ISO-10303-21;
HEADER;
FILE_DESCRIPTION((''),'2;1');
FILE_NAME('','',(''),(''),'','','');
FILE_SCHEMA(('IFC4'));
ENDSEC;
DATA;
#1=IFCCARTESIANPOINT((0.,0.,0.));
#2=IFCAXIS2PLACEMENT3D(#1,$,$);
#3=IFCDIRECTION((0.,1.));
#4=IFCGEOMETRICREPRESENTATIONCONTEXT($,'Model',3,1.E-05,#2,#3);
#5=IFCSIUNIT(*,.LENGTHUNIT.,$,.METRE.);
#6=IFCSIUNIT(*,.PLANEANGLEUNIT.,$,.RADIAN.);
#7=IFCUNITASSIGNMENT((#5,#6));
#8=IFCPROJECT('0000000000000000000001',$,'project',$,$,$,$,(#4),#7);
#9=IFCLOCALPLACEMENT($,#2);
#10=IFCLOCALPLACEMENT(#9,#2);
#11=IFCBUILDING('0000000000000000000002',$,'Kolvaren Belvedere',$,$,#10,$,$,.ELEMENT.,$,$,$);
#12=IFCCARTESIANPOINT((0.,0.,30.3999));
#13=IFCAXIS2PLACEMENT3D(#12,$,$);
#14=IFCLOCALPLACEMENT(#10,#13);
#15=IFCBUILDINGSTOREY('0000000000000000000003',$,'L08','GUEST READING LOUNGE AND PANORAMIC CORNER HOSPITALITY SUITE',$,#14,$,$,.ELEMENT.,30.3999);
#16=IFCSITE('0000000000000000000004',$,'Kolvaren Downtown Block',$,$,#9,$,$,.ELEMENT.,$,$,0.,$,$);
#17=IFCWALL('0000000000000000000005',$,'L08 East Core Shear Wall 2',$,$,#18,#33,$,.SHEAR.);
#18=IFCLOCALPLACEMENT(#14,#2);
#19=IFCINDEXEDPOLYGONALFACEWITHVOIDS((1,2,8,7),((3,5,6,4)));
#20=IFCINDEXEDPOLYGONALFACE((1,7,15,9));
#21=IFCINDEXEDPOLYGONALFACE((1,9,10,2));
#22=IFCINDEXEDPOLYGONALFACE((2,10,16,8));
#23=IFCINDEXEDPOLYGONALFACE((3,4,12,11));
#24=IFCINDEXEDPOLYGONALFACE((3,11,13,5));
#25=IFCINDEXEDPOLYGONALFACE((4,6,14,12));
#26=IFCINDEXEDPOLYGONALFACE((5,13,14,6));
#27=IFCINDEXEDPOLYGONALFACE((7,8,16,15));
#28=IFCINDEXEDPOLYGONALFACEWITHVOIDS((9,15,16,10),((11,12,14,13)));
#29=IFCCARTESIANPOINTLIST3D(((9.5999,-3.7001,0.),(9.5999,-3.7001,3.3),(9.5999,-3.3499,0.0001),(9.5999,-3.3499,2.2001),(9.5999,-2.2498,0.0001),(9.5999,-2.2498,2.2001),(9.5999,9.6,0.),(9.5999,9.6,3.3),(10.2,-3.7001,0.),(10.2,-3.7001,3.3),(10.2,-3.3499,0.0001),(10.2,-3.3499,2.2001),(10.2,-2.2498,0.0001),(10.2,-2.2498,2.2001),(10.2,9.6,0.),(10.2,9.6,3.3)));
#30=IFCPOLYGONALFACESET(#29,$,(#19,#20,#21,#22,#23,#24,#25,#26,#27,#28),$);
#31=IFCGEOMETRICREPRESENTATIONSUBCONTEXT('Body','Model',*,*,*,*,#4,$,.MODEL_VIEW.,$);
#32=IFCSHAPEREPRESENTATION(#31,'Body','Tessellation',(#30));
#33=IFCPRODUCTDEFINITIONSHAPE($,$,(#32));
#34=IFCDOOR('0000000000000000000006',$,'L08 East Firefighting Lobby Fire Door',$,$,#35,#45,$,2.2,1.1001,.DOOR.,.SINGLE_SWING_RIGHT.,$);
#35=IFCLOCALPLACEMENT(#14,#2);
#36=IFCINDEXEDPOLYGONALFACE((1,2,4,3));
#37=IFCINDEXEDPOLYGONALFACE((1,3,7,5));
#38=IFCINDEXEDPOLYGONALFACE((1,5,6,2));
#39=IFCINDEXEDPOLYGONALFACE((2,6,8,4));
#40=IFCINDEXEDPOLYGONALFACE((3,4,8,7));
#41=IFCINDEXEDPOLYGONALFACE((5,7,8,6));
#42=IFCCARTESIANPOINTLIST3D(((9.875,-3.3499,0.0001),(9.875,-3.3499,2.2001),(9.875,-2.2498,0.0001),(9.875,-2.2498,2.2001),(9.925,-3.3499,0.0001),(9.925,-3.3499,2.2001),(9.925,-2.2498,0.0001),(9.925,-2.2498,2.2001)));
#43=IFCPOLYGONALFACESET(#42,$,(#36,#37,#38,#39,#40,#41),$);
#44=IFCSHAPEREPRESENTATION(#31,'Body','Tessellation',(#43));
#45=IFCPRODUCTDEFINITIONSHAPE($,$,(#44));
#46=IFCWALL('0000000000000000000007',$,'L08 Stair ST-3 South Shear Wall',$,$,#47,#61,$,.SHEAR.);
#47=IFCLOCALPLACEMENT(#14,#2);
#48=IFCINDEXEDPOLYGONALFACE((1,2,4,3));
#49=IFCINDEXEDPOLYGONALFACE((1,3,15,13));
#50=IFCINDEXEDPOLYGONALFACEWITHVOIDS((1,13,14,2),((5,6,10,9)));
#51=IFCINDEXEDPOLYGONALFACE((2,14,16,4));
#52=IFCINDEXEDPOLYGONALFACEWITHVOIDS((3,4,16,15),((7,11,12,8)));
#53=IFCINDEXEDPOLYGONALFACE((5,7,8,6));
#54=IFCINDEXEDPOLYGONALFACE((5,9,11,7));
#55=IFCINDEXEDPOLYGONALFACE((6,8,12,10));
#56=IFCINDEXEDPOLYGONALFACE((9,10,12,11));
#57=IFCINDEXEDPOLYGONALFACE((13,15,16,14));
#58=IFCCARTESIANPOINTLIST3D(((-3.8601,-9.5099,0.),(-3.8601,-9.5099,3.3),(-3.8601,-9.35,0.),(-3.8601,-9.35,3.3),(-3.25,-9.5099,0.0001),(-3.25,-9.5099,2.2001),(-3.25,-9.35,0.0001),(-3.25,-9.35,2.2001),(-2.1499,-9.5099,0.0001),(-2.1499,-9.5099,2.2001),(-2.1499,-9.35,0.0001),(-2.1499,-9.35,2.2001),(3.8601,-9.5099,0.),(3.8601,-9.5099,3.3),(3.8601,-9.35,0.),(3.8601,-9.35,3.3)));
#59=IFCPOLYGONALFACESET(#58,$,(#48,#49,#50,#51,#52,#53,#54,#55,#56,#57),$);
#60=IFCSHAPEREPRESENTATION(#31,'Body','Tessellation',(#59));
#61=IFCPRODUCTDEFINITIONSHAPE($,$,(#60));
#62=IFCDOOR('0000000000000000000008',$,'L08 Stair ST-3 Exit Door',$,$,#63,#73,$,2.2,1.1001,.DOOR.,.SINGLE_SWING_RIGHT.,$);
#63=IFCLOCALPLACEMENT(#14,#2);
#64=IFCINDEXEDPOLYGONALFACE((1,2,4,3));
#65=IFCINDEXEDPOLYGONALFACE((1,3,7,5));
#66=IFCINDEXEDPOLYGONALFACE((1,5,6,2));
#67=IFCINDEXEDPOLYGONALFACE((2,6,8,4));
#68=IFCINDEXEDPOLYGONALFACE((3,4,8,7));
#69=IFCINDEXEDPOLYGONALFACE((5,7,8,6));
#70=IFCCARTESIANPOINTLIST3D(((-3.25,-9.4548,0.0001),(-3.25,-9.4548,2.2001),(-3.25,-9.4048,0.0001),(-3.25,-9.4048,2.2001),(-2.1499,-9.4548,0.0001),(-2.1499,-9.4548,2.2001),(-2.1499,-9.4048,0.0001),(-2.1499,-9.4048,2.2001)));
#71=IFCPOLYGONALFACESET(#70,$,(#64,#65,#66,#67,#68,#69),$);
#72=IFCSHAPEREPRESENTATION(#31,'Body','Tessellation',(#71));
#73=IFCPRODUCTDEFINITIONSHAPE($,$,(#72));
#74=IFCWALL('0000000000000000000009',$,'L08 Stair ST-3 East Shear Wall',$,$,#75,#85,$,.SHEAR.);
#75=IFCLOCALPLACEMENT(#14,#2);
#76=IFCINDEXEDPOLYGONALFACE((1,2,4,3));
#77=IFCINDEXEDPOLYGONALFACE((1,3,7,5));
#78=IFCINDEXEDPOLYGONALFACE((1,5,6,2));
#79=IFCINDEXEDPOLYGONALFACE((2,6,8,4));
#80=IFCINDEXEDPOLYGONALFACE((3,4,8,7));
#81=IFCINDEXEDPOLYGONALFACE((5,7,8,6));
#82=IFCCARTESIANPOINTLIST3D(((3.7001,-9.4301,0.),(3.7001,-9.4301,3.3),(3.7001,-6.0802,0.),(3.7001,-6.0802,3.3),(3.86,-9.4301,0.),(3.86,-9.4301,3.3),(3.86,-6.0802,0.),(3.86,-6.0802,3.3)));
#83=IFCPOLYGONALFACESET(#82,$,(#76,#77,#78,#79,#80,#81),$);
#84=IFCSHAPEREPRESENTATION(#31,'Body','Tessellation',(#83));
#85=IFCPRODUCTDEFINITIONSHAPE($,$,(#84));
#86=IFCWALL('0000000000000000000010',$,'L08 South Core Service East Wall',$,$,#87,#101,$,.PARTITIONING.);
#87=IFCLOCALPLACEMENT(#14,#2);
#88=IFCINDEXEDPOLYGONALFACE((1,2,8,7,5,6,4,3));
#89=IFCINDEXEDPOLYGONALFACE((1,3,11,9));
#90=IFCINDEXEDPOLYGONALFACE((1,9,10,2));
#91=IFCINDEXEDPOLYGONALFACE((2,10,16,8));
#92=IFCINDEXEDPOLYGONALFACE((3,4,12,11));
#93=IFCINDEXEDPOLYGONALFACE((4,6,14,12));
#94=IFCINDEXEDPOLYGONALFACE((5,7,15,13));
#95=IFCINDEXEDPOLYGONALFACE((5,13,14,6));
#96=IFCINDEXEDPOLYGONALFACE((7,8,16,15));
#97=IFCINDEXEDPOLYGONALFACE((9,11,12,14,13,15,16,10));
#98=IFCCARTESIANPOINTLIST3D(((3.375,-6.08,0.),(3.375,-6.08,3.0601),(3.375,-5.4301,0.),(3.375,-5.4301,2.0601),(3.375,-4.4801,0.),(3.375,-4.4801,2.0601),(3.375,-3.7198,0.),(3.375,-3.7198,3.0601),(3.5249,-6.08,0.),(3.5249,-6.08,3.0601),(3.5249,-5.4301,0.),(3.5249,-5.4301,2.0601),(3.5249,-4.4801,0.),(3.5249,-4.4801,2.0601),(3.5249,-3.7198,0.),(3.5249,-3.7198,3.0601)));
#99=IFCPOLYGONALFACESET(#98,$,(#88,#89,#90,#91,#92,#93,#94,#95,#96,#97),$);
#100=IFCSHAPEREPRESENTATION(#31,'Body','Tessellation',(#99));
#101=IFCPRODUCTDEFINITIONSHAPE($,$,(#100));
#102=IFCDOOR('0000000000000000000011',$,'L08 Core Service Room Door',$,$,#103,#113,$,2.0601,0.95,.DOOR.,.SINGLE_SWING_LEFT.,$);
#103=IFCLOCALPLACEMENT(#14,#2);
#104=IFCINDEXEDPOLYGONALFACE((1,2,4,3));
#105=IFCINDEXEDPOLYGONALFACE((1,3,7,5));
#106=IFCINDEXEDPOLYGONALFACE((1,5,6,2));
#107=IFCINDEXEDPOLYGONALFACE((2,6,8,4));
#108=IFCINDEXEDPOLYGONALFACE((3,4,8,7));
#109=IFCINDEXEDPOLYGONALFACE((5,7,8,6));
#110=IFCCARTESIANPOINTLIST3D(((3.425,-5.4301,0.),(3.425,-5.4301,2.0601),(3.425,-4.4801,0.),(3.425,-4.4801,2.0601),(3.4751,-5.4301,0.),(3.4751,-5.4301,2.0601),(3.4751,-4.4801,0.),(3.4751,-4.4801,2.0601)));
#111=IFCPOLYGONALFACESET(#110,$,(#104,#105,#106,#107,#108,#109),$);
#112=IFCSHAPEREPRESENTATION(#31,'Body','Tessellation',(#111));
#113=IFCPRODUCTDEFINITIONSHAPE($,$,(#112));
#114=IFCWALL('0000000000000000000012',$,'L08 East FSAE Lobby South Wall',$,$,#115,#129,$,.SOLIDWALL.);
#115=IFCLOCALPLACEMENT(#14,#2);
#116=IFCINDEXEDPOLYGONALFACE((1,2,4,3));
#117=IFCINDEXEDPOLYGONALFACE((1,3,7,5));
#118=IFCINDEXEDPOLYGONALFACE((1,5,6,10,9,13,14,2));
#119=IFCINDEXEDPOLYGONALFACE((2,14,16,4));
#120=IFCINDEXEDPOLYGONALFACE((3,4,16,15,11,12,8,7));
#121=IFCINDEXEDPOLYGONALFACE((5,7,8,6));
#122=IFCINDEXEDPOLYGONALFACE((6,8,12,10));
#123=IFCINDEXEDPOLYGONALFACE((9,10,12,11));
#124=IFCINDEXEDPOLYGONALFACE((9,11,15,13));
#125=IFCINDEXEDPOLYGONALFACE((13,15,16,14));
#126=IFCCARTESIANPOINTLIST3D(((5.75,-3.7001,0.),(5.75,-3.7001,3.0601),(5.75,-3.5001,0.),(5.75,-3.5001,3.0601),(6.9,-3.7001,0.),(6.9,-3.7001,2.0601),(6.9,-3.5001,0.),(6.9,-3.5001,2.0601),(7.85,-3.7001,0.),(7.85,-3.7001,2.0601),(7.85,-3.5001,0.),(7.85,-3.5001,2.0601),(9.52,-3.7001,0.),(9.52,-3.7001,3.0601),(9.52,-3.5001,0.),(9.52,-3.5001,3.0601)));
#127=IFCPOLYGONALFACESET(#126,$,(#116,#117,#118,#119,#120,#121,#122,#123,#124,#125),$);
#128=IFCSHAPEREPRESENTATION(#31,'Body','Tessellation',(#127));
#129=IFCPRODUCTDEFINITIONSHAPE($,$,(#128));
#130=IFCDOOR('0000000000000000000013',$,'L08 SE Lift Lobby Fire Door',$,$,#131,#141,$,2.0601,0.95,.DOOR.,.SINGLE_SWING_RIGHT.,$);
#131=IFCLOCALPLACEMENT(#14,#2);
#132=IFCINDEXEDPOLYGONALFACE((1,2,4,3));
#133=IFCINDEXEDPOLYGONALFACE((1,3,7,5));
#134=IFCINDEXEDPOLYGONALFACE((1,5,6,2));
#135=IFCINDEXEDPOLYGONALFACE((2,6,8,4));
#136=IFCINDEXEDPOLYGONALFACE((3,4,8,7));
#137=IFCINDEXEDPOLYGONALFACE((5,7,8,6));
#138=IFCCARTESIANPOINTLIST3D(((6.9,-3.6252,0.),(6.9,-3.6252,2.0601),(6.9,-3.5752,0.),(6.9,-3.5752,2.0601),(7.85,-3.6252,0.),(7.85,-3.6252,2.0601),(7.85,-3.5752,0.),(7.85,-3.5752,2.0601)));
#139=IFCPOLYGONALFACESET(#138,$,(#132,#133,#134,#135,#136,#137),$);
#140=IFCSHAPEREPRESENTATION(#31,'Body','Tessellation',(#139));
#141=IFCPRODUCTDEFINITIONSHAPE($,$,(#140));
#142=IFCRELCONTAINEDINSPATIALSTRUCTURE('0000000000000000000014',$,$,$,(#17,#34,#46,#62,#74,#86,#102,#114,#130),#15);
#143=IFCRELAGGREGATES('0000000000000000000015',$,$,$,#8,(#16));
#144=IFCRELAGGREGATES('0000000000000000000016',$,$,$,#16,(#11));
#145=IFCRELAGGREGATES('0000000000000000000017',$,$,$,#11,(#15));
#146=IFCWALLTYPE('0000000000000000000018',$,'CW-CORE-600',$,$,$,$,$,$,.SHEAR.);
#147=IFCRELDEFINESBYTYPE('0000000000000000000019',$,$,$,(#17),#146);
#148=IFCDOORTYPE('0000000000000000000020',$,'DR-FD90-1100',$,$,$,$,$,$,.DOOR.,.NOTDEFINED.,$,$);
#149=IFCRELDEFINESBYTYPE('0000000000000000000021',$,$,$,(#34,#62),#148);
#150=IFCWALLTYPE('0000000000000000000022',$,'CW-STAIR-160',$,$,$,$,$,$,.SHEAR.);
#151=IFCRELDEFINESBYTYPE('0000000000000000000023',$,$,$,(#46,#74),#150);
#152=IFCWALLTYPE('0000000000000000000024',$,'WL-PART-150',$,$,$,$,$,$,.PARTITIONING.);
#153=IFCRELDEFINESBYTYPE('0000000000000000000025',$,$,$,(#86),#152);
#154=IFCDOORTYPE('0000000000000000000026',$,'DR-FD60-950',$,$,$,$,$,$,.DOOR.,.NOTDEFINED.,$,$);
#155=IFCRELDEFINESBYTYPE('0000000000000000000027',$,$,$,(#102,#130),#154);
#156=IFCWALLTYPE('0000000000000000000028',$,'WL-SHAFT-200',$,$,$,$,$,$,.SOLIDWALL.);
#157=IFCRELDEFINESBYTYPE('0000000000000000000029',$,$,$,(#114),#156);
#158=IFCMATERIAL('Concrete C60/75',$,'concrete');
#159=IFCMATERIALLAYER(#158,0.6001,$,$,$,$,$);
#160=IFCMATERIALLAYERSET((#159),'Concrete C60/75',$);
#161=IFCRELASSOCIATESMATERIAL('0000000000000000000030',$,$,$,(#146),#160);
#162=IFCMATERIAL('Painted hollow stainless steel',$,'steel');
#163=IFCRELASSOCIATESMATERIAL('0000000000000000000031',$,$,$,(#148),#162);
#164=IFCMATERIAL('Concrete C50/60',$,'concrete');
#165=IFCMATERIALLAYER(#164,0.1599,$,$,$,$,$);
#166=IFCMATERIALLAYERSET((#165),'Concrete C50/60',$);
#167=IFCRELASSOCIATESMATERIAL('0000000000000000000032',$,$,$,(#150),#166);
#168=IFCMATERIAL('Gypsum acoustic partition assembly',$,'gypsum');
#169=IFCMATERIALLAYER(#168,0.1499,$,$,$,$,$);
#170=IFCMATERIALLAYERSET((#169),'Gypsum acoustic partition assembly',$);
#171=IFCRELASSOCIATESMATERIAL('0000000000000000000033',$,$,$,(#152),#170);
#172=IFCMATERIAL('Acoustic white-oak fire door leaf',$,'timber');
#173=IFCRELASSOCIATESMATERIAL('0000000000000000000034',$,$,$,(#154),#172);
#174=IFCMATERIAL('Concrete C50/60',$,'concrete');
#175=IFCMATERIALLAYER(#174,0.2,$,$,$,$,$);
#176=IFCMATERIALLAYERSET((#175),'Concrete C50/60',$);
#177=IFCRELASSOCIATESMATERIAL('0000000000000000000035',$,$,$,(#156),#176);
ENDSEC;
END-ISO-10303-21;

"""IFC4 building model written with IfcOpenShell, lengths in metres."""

from ifc_helpers import new_model, si_unit, direction, frame, frame_2d, origin, place, context, subcontext, project, spatial, rectangle, extrude, material, layer, layer_set, type_object, element, fill, save


model = new_model("IFC4")

# Units and contexts
model_context = context("Model", 3, precision=1e-05, world=origin(), true_north=direction((0.0, 1.0)))
body_context = subcontext(model_context, "Body", "Model", "MODEL_VIEW")
ifc_project = project(units=[si_unit("LENGTHUNIT", "METRE"), si_unit("PLANEANGLEUNIT", "RADIAN")], contexts=[model_context])

# Site, building, storey
site_placement = place(None, origin())
site = spatial("IfcSite", under=ifc_project, at=site_placement, Name="Kolvaren Downtown Block", CompositionType="ELEMENT", RefElevation=0.0)
building_placement = place(site_placement, origin())
building = spatial("IfcBuilding", under=site, at=building_placement, Name="Kolvaren Belvedere", CompositionType="ELEMENT")
storey_placement = place(building_placement, frame((0.0, 0.0, 30.3999)))
storey = spatial("IfcBuildingStorey", under=building, at=storey_placement, Name="L08", Description="GUEST READING LOUNGE AND PANORAMIC CORNER HOSPITALITY SUITE", CompositionType="ELEMENT", Elevation=30.3999)

# Shared definitions
ifc_material_1 = material(Name="Concrete C60/75", Category="concrete")
ifc_layer_1 = layer(ifc_material_1, 0.6001)
ifc_layer_set_1 = layer_set([ifc_layer_1], Name="Concrete C60/75")
wall_type_1 = type_object("IfcWallType", Name="CW-CORE-600", PredefinedType="SHEAR", material=ifc_layer_set_1)

# Walls, openings, doors
wall_1_placement = place(storey_placement, frame((9.8999, -3.7, 0.0), z_axis=(0.0, 0.0, 1.0), x_axis=(0.0, 1.0, 0.0)))
wall_1 = element("IfcWall", 1, at=wall_1_placement, inside=storey, type_object=wall_type_1, Name="L08 East Core Shear Wall 2", PredefinedType="SHEAR", context=body_context, shape_type="SweptSolid", body=[
    extrude(rectangle(XDim=13.3, YDim=0.6001, at=frame_2d((6.6499, 0.0))), origin(), (0.0, 0.0, 1.0), 3.3),
])
opening_1_placement = place(wall_1_placement, frame((0.3501, 0.0, 0.0)))
opening_1 = element("IfcOpeningElement", 2, at=opening_1_placement, cuts=wall_1, PredefinedType="OPENING", context=body_context, shape_type="SweptSolid", body=[
    extrude(rectangle(XDim=1.1001, YDim=2.2, at=frame_2d((0.55, 1.1001))), frame((0.0, 0.3101, 0.0), z_axis=(0.0, -1.0, 0.0), x_axis=(1.0, 0.0, 0.0)), (0.0, 0.0, 1.0), 0.6201),
])
ifc_material_2 = material(Name="Painted hollow stainless steel", Category="steel")
door_type_1 = type_object("IfcDoorType", Name="DR-FD90-1100", OperationType="NOTDEFINED", PredefinedType="DOOR", material=ifc_material_2)
door_1_placement = place(opening_1_placement, origin())
door_1 = element("IfcDoor", 3, at=door_1_placement, inside=storey, type_object=door_type_1, Name="L08 East Firefighting Lobby Fire Door", OperationType="SINGLE_SWING_RIGHT", OverallHeight=2.2, OverallWidth=1.1001, PredefinedType="DOOR", context=body_context, shape_type="SweptSolid", body=[
    extrude(rectangle(XDim=1.1001, YDim=2.2, at=frame_2d((0.55, 1.1001))), frame((0.0, 0.0249, 0.0), z_axis=(0.0, -1.0, 0.0), x_axis=(1.0, 0.0, 0.0)), (0.0, 0.0, 1.0), 0.05),
])
fill(opening_1, door_1)
ifc_material_3 = material(Name="Concrete C50/60", Category="concrete")
ifc_layer_2 = layer(ifc_material_3, 0.1599)
ifc_layer_set_2 = layer_set([ifc_layer_2], Name="Concrete C50/60")
wall_type_2 = type_object("IfcWallType", Name="CW-STAIR-160", PredefinedType="SHEAR", material=ifc_layer_set_2)
wall_2_placement = place(storey_placement, frame((3.8601, -9.4299, 0.0), z_axis=(0.0, 0.0, 1.0), x_axis=(-1.0, 0.0, 0.0)))
wall_2 = element("IfcWall", 4, at=wall_2_placement, inside=storey, type_object=wall_type_2, Name="L08 Stair ST-3 South Shear Wall", PredefinedType="SHEAR", context=body_context, shape_type="SweptSolid", body=[
    extrude(rectangle(XDim=7.7202, YDim=0.1599, at=frame_2d((3.8601, 0.0))), origin(), (0.0, 0.0, 1.0), 3.3),
])
opening_2_placement = place(wall_2_placement, frame((6.01, 0.0, 0.0)))
opening_2 = element("IfcOpeningElement", 5, at=opening_2_placement, cuts=wall_2, PredefinedType="OPENING", context=body_context, shape_type="SweptSolid", body=[
    extrude(rectangle(XDim=1.1001, YDim=2.2, at=frame_2d((0.55, 1.1001))), frame((0.0, 0.0898, 0.0), z_axis=(0.0, -1.0, 0.0), x_axis=(1.0, 0.0, 0.0)), (0.0, 0.0, 1.0), 0.1799),
])
door_2_placement = place(opening_2_placement, origin())
door_2 = element("IfcDoor", 6, at=door_2_placement, inside=storey, type_object=door_type_1, Name="L08 Stair ST-3 Exit Door", OperationType="SINGLE_SWING_RIGHT", OverallHeight=2.2, OverallWidth=1.1001, PredefinedType="DOOR", context=body_context, shape_type="SweptSolid", body=[
    extrude(rectangle(XDim=1.1001, YDim=2.2, at=frame_2d((0.55, 1.1001))), frame((0.0, 0.0249, 0.0), z_axis=(0.0, -1.0, 0.0), x_axis=(1.0, 0.0, 0.0)), (0.0, 0.0, 1.0), 0.05),
])
fill(opening_2, door_2)

# Wall
wall_3_placement = place(storey_placement, frame((3.78, -9.4299, 0.0), z_axis=(0.0, 0.0, 1.0), x_axis=(0.0, 1.0, 0.0)))
element("IfcWall", 7, at=wall_3_placement, inside=storey, type_object=wall_type_2, Name="L08 Stair ST-3 East Shear Wall", PredefinedType="SHEAR", context=body_context, shape_type="SweptSolid", body=[
    extrude(rectangle(XDim=3.3499, YDim=0.1599, at=frame_2d((1.6748, 0.0))), origin(), (0.0, 0.0, 1.0), 3.3),
])

# Walls, openings, doors
ifc_material_4 = material(Name="Gypsum acoustic partition assembly", Category="gypsum")
ifc_layer_3 = layer(ifc_material_4, 0.1499)
ifc_layer_set_3 = layer_set([ifc_layer_3], Name="Gypsum acoustic partition assembly")
wall_type_3 = type_object("IfcWallType", Name="WL-PART-150", PredefinedType="PARTITIONING", material=ifc_layer_set_3)
wall_4_placement = place(storey_placement, frame((3.45, -6.0801, 0.0), z_axis=(0.0, 0.0, 1.0), x_axis=(0.0, 1.0, 0.0)))
wall_4 = element("IfcWall", 8, at=wall_4_placement, inside=storey, type_object=wall_type_3, Name="L08 South Core Service East Wall", PredefinedType="PARTITIONING", context=body_context, shape_type="SweptSolid", body=[
    extrude(rectangle(XDim=2.3601, YDim=0.1499, at=frame_2d((1.1802, 0.0))), origin(), (0.0, 0.0, 1.0), 3.0601),
])
opening_3_placement = place(wall_4_placement, frame((0.6499, 0.0, 0.0)))
opening_3 = element("IfcOpeningElement", 9, at=opening_3_placement, cuts=wall_4, PredefinedType="OPENING", context=body_context, shape_type="SweptSolid", body=[
    extrude(rectangle(XDim=0.95, YDim=2.0601, at=frame_2d((0.4751, 1.03))), frame((0.0, 0.085, 0.0), z_axis=(0.0, -1.0, 0.0), x_axis=(1.0, 0.0, 0.0)), (0.0, 0.0, 1.0), 0.1699),
])
ifc_material_5 = material(Name="Acoustic white-oak fire door leaf", Category="timber")
door_type_2 = type_object("IfcDoorType", Name="DR-FD60-950", OperationType="NOTDEFINED", PredefinedType="DOOR", material=ifc_material_5)
door_3_placement = place(opening_3_placement, origin())
door_3 = element("IfcDoor", 10, at=door_3_placement, inside=storey, type_object=door_type_2, Name="L08 Core Service Room Door", OperationType="SINGLE_SWING_LEFT", OverallHeight=2.0601, OverallWidth=0.95, PredefinedType="DOOR", context=body_context, shape_type="SweptSolid", body=[
    extrude(rectangle(XDim=0.95, YDim=2.0601, at=frame_2d((0.4751, 1.03))), frame((0.0, 0.0249, 0.0), z_axis=(0.0, -1.0, 0.0), x_axis=(1.0, 0.0, 0.0)), (0.0, 0.0, 1.0), 0.05),
])
fill(opening_3, door_3)
ifc_material_6 = material(Name="Concrete C50/60", Category="concrete")
ifc_layer_4 = layer(ifc_material_6, 0.2)
ifc_layer_set_4 = layer_set([ifc_layer_4], Name="Concrete C50/60")
wall_type_4 = type_object("IfcWallType", Name="WL-SHAFT-200", PredefinedType="SOLIDWALL", material=ifc_layer_set_4)
wall_5_placement = place(storey_placement, frame((5.75, -3.6001, 0.0), z_axis=(0.0, 0.0, 1.0), x_axis=(1.0, 0.0, 0.0)))
wall_5 = element("IfcWall", 11, at=wall_5_placement, inside=storey, type_object=wall_type_4, Name="L08 East FSAE Lobby South Wall", PredefinedType="SOLIDWALL", context=body_context, shape_type="SweptSolid", body=[
    extrude(rectangle(XDim=3.77, YDim=0.2, at=frame_2d((1.885, 0.0))), origin(), (0.0, 0.0, 1.0), 3.0601),
])
opening_4_placement = place(wall_5_placement, frame((1.1499, 0.0, 0.0)))
opening_4 = element("IfcOpeningElement", 12, at=opening_4_placement, cuts=wall_5, PredefinedType="OPENING", context=body_context, shape_type="SweptSolid", body=[
    extrude(rectangle(XDim=0.95, YDim=2.0601, at=frame_2d((0.4751, 1.03))), frame((0.0, 0.1099, 0.0), z_axis=(0.0, -1.0, 0.0), x_axis=(1.0, 0.0, 0.0)), (0.0, 0.0, 1.0), 0.22),
])
door_4_placement = place(opening_4_placement, origin())
door_4 = element("IfcDoor", 13, at=door_4_placement, inside=storey, type_object=door_type_2, Name="L08 SE Lift Lobby Fire Door", OperationType="SINGLE_SWING_RIGHT", OverallHeight=2.0601, OverallWidth=0.95, PredefinedType="DOOR", context=body_context, shape_type="SweptSolid", body=[
    extrude(rectangle(XDim=0.95, YDim=2.0601, at=frame_2d((0.4751, 1.03))), frame((0.0, 0.0249, 0.0), z_axis=(0.0, -1.0, 0.0), x_axis=(1.0, 0.0, 0.0)), (0.0, 0.0, 1.0), 0.05),
])
fill(opening_4, door_4)

save(model, "model.ifc")
